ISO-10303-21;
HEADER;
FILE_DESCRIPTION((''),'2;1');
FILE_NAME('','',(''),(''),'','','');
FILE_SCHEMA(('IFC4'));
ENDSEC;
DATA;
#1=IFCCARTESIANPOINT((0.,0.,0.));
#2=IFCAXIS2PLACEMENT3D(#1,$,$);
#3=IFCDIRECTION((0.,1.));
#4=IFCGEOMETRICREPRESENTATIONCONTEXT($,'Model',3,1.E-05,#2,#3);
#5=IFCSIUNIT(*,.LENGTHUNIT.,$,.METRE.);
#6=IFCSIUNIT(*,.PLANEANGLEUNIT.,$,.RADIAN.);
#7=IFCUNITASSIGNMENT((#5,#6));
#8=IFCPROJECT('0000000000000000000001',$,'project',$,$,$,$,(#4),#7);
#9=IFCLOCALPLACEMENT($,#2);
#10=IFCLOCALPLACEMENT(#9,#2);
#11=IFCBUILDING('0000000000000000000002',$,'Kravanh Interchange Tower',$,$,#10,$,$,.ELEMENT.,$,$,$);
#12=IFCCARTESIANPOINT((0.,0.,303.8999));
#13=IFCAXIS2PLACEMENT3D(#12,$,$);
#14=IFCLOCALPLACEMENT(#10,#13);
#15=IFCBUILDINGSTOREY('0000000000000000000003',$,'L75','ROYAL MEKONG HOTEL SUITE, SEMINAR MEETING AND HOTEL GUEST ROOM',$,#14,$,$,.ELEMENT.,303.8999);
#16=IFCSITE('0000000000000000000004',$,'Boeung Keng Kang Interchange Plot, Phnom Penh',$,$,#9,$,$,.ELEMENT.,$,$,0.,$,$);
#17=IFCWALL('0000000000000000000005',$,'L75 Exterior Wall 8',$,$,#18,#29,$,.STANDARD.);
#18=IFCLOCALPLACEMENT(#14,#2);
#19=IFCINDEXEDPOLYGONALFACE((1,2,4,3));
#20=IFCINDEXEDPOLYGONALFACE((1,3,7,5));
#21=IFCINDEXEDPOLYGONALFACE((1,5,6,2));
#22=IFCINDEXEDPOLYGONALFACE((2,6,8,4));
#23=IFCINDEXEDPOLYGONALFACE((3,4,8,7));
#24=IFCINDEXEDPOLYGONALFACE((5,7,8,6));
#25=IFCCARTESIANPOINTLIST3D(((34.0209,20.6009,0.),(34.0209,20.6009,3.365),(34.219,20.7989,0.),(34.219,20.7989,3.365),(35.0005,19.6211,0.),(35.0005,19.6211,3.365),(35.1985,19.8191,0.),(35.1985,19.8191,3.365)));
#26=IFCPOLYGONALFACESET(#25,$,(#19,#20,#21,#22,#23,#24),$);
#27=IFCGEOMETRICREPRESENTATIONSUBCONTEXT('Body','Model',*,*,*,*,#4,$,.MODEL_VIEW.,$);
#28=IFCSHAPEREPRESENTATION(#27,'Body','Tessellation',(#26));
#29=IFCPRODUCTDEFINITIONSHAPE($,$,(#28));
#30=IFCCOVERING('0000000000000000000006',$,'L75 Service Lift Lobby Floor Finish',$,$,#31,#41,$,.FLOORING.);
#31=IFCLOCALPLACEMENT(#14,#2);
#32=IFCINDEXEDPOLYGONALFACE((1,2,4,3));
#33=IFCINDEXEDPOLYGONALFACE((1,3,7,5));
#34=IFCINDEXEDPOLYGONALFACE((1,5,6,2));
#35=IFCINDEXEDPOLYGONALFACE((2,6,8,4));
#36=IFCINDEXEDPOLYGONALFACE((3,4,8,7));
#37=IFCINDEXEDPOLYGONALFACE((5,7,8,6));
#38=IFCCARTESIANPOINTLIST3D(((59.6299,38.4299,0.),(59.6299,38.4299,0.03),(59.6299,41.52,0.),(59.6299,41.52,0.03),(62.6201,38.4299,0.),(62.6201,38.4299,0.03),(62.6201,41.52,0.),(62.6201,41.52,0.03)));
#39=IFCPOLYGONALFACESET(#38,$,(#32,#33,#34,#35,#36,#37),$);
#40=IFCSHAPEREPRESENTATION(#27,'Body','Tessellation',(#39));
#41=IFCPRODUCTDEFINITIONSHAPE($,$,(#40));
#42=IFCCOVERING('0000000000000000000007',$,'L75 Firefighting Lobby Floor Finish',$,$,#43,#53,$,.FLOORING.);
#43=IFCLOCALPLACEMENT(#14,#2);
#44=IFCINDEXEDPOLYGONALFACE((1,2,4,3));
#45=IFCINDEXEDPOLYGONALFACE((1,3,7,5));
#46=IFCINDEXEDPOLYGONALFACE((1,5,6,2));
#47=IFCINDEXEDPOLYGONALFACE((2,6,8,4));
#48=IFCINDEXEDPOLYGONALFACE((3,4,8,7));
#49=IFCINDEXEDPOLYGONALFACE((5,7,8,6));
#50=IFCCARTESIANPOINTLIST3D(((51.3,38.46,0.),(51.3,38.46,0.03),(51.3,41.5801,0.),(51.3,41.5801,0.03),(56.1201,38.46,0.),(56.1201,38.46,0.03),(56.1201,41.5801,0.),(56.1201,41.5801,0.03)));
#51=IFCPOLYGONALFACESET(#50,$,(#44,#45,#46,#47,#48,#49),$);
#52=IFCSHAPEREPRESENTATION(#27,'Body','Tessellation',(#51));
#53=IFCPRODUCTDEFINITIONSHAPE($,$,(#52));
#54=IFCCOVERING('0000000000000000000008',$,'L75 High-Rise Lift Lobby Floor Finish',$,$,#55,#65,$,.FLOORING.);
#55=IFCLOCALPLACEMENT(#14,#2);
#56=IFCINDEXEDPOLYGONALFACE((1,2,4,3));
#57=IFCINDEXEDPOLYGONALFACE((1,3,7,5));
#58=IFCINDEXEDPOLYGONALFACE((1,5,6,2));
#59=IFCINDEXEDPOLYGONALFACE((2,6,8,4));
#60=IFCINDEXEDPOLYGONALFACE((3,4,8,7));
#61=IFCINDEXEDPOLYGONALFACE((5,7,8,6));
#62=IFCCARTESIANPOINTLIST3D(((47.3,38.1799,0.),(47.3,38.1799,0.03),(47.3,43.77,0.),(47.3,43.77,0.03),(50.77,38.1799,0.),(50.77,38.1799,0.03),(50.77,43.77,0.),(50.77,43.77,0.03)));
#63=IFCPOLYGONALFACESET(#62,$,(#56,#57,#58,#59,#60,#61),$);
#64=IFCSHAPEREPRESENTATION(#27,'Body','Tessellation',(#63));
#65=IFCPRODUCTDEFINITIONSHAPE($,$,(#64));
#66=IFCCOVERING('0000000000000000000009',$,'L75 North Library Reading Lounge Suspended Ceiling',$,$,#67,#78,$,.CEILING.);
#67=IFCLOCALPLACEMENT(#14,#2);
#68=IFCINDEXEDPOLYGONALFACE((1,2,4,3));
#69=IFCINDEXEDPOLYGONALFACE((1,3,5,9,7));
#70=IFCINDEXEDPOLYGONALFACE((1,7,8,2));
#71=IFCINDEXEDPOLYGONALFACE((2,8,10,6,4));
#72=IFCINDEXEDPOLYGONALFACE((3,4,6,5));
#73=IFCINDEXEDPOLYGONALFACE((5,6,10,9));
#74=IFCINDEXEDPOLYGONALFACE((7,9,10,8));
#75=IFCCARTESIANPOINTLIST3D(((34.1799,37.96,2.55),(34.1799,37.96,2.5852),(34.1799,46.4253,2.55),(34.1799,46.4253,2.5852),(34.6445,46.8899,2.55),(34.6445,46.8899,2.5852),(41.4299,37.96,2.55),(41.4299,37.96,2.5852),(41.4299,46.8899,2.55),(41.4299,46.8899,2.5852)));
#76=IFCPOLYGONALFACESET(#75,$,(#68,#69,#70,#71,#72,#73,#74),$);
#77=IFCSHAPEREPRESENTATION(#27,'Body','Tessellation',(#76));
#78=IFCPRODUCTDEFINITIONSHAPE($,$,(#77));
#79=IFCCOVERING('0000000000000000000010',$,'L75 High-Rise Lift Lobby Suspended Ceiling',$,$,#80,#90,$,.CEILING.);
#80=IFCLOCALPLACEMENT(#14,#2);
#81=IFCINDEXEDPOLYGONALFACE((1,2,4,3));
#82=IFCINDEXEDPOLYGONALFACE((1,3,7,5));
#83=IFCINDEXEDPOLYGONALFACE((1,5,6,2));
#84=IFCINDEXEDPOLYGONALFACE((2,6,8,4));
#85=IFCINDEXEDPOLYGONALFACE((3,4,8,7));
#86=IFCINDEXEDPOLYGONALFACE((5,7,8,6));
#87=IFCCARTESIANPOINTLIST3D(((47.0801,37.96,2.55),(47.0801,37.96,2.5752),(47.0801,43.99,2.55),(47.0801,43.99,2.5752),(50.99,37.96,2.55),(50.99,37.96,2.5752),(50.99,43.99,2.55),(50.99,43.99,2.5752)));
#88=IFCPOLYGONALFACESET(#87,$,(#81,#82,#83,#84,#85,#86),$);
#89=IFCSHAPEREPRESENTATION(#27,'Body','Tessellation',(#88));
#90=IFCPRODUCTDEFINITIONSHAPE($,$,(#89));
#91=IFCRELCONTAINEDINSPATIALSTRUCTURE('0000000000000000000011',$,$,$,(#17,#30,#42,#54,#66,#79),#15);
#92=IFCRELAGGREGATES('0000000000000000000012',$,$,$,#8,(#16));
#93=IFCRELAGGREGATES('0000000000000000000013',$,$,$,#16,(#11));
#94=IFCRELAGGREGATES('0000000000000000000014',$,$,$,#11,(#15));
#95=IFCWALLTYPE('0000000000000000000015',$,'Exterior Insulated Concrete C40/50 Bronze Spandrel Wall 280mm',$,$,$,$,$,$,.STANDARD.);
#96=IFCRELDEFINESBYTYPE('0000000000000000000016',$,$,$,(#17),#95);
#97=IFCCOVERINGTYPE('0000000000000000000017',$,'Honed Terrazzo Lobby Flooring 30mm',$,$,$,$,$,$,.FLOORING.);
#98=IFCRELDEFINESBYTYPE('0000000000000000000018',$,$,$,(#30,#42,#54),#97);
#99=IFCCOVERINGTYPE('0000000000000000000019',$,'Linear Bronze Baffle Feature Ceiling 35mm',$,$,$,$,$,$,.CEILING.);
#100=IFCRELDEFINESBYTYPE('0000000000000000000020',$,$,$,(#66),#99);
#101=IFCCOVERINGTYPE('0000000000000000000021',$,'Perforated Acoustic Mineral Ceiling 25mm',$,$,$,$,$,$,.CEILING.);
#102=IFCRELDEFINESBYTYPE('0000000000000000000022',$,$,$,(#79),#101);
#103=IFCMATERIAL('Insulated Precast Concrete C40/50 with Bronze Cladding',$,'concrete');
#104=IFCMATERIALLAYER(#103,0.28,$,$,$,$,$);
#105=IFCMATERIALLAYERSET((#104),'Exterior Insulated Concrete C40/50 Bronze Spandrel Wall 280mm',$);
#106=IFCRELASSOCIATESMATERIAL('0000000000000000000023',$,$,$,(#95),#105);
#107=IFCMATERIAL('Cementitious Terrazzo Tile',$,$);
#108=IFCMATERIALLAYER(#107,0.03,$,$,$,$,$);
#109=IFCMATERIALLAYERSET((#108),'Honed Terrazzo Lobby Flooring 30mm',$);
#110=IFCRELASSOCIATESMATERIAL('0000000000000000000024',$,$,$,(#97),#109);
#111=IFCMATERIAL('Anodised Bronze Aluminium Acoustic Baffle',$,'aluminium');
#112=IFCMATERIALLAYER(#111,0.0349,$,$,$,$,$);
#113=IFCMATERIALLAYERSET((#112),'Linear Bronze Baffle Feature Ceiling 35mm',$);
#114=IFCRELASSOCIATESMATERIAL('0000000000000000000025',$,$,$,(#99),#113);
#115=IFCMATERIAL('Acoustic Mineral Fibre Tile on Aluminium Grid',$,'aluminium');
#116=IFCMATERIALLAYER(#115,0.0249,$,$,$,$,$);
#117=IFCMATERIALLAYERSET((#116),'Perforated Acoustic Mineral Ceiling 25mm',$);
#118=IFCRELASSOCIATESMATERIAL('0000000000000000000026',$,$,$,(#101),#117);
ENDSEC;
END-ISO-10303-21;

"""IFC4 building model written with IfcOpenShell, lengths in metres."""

from ifc_helpers import new_model, si_unit, direction, frame, frame_2d, origin, place, context, subcontext, project, spatial, polyline, rectangle, outline, extrude, material, layer, layer_set, type_object, element, save


model = new_model("IFC4")

# Units and contexts
model_context = context("Model", 3, precision=1e-05, world=origin(), true_north=direction((0.0, 1.0)))
body_context = subcontext(model_context, "Body", "Model", "MODEL_VIEW")
ifc_project = project(units=[si_unit("LENGTHUNIT", "METRE"), si_unit("PLANEANGLEUNIT", "RADIAN")], contexts=[model_context])

# Site, building, storey
site_placement = place(None, origin())
site = spatial("IfcSite", under=ifc_project, at=site_placement, Name="Boeung Keng Kang Interchange Plot, Phnom Penh", CompositionType="ELEMENT", RefElevation=0.0)
building_placement = place(site_placement, origin())
building = spatial("IfcBuilding", under=site, at=building_placement, Name="Kravanh Interchange Tower", CompositionType="ELEMENT")
storey_placement = place(building_placement, frame((0.0, 0.0, 303.8999)))
storey = spatial("IfcBuildingStorey", under=building, at=storey_placement, Name="L75", Description="ROYAL MEKONG HOTEL SUITE, SEMINAR MEETING AND HOTEL GUEST ROOM", CompositionType="ELEMENT", Elevation=303.8999)

# Wall
ifc_material_1 = material(Name="Insulated Precast Concrete C40/50 with Bronze Cladding", Category="concrete")
ifc_layer_1 = layer(ifc_material_1, 0.28)
ifc_layer_set_1 = layer_set([ifc_layer_1], Name="Exterior Insulated Concrete C40/50 Bronze Spandrel Wall 280mm")
wall_type = type_object("IfcWallType", Name="Exterior Insulated Concrete C40/50 Bronze Spandrel Wall 280mm", PredefinedType="STANDARD", material=ifc_layer_set_1)
wall_1_placement = place(storey_placement, frame((35.0996, 19.72, 0.0), z_axis=(0.0, 0.0, 1.0), x_axis=(-0.707019, 0.707195, 0.0)))
element("IfcWall", 1, at=wall_1_placement, inside=storey, type_object=wall_type, Name="L75 Exterior Wall 8", PredefinedType="STANDARD", context=body_context, shape_type="SweptSolid", body=[
    extrude(rectangle(XDim=1.3855, YDim=0.28, at=frame_2d((0.6929, 0.0))), origin(), (0.0, 0.0, 1.0), 3.365),
])

# Coverings
ifc_material_2 = material(Name="Cementitious Terrazzo Tile")
ifc_layer_2 = layer(ifc_material_2, 0.03)
ifc_layer_set_2 = layer_set([ifc_layer_2], Name="Honed Terrazzo Lobby Flooring 30mm")
covering_type_1 = type_object("IfcCoveringType", Name="Honed Terrazzo Lobby Flooring 30mm", PredefinedType="FLOORING", material=ifc_layer_set_2)
covering_1_placement = place(storey_placement, origin())
element("IfcCovering", 2, at=covering_1_placement, inside=storey, type_object=covering_type_1, Name="L75 Service Lift Lobby Floor Finish", PredefinedType="FLOORING", context=body_context, shape_type="SweptSolid", body=[
    extrude(outline(polyline([(59.6299, 41.52), (62.6201, 41.52), (62.6201, 38.4299), (59.6299, 38.4299), (59.6299, 41.52)])), origin(), (0.0, 0.0, 1.0), 0.03),
])
covering_2_placement = place(storey_placement, origin())
element("IfcCovering", 3, at=covering_2_placement, inside=storey, type_object=covering_type_1, Name="L75 Firefighting Lobby Floor Finish", PredefinedType="FLOORING", context=body_context, shape_type="SweptSolid", body=[
    extrude(outline(polyline([(56.1201, 38.46), (51.3, 38.46), (51.3, 41.5801), (56.1201, 41.5801), (56.1201, 38.46)])), origin(), (0.0, 0.0, 1.0), 0.03),
])
covering_3_placement = place(storey_placement, origin())
element("IfcCovering", 4, at=covering_3_placement, inside=storey, type_object=covering_type_1, Name="L75 High-Rise Lift Lobby Floor Finish", PredefinedType="FLOORING", context=body_context, shape_type="SweptSolid", body=[
    extrude(outline(polyline([(47.3, 43.77), (50.77, 43.77), (50.77, 38.1799), (47.3, 38.1799), (47.3, 43.77)])), origin(), (0.0, 0.0, 1.0), 0.03),
])
ifc_material_3 = material(Name="Anodised Bronze Aluminium Acoustic Baffle", Category="aluminium")
ifc_layer_3 = layer(ifc_material_3, 0.0349)
ifc_layer_set_3 = layer_set([ifc_layer_3], Name="Linear Bronze Baffle Feature Ceiling 35mm")
covering_type_2 = type_object("IfcCoveringType", Name="Linear Bronze Baffle Feature Ceiling 35mm", PredefinedType="CEILING", material=ifc_layer_set_3)
covering_4_placement = place(storey_placement, frame((0.0, 0.0, 2.55)))
element("IfcCovering", 5, at=covering_4_placement, inside=storey, type_object=covering_type_2, Name="L75 North Library Reading Lounge Suspended Ceiling", PredefinedType="CEILING", context=body_context, shape_type="SweptSolid", body=[
    extrude(outline(polyline([(41.4299, 37.96), (34.1799, 37.96), (34.1799, 46.4253), (34.6445, 46.8899), (41.4299, 46.8899), (41.4299, 37.96)])), origin(), (0.0, 0.0, 1.0), 0.0352),
])
ifc_material_4 = material(Name="Acoustic Mineral Fibre Tile on Aluminium Grid", Category="aluminium")
ifc_layer_4 = layer(ifc_material_4, 0.0249)
ifc_layer_set_4 = layer_set([ifc_layer_4], Name="Perforated Acoustic Mineral Ceiling 25mm")
covering_type_3 = type_object("IfcCoveringType", Name="Perforated Acoustic Mineral Ceiling 25mm", PredefinedType="CEILING", material=ifc_layer_set_4)
covering_5_placement = place(storey_placement, frame((0.0, 0.0, 2.55)))
element("IfcCovering", 6, at=covering_5_placement, inside=storey, type_object=covering_type_3, Name="L75 High-Rise Lift Lobby Suspended Ceiling", PredefinedType="CEILING", context=body_context, shape_type="SweptSolid", body=[
    extrude(outline(polyline([(50.99, 37.96), (47.0801, 37.96), (47.0801, 43.99), (50.99, 43.99), (50.99, 37.96)])), origin(), (0.0, 0.0, 1.0), 0.0251),
])

save(model, "model.ifc")
